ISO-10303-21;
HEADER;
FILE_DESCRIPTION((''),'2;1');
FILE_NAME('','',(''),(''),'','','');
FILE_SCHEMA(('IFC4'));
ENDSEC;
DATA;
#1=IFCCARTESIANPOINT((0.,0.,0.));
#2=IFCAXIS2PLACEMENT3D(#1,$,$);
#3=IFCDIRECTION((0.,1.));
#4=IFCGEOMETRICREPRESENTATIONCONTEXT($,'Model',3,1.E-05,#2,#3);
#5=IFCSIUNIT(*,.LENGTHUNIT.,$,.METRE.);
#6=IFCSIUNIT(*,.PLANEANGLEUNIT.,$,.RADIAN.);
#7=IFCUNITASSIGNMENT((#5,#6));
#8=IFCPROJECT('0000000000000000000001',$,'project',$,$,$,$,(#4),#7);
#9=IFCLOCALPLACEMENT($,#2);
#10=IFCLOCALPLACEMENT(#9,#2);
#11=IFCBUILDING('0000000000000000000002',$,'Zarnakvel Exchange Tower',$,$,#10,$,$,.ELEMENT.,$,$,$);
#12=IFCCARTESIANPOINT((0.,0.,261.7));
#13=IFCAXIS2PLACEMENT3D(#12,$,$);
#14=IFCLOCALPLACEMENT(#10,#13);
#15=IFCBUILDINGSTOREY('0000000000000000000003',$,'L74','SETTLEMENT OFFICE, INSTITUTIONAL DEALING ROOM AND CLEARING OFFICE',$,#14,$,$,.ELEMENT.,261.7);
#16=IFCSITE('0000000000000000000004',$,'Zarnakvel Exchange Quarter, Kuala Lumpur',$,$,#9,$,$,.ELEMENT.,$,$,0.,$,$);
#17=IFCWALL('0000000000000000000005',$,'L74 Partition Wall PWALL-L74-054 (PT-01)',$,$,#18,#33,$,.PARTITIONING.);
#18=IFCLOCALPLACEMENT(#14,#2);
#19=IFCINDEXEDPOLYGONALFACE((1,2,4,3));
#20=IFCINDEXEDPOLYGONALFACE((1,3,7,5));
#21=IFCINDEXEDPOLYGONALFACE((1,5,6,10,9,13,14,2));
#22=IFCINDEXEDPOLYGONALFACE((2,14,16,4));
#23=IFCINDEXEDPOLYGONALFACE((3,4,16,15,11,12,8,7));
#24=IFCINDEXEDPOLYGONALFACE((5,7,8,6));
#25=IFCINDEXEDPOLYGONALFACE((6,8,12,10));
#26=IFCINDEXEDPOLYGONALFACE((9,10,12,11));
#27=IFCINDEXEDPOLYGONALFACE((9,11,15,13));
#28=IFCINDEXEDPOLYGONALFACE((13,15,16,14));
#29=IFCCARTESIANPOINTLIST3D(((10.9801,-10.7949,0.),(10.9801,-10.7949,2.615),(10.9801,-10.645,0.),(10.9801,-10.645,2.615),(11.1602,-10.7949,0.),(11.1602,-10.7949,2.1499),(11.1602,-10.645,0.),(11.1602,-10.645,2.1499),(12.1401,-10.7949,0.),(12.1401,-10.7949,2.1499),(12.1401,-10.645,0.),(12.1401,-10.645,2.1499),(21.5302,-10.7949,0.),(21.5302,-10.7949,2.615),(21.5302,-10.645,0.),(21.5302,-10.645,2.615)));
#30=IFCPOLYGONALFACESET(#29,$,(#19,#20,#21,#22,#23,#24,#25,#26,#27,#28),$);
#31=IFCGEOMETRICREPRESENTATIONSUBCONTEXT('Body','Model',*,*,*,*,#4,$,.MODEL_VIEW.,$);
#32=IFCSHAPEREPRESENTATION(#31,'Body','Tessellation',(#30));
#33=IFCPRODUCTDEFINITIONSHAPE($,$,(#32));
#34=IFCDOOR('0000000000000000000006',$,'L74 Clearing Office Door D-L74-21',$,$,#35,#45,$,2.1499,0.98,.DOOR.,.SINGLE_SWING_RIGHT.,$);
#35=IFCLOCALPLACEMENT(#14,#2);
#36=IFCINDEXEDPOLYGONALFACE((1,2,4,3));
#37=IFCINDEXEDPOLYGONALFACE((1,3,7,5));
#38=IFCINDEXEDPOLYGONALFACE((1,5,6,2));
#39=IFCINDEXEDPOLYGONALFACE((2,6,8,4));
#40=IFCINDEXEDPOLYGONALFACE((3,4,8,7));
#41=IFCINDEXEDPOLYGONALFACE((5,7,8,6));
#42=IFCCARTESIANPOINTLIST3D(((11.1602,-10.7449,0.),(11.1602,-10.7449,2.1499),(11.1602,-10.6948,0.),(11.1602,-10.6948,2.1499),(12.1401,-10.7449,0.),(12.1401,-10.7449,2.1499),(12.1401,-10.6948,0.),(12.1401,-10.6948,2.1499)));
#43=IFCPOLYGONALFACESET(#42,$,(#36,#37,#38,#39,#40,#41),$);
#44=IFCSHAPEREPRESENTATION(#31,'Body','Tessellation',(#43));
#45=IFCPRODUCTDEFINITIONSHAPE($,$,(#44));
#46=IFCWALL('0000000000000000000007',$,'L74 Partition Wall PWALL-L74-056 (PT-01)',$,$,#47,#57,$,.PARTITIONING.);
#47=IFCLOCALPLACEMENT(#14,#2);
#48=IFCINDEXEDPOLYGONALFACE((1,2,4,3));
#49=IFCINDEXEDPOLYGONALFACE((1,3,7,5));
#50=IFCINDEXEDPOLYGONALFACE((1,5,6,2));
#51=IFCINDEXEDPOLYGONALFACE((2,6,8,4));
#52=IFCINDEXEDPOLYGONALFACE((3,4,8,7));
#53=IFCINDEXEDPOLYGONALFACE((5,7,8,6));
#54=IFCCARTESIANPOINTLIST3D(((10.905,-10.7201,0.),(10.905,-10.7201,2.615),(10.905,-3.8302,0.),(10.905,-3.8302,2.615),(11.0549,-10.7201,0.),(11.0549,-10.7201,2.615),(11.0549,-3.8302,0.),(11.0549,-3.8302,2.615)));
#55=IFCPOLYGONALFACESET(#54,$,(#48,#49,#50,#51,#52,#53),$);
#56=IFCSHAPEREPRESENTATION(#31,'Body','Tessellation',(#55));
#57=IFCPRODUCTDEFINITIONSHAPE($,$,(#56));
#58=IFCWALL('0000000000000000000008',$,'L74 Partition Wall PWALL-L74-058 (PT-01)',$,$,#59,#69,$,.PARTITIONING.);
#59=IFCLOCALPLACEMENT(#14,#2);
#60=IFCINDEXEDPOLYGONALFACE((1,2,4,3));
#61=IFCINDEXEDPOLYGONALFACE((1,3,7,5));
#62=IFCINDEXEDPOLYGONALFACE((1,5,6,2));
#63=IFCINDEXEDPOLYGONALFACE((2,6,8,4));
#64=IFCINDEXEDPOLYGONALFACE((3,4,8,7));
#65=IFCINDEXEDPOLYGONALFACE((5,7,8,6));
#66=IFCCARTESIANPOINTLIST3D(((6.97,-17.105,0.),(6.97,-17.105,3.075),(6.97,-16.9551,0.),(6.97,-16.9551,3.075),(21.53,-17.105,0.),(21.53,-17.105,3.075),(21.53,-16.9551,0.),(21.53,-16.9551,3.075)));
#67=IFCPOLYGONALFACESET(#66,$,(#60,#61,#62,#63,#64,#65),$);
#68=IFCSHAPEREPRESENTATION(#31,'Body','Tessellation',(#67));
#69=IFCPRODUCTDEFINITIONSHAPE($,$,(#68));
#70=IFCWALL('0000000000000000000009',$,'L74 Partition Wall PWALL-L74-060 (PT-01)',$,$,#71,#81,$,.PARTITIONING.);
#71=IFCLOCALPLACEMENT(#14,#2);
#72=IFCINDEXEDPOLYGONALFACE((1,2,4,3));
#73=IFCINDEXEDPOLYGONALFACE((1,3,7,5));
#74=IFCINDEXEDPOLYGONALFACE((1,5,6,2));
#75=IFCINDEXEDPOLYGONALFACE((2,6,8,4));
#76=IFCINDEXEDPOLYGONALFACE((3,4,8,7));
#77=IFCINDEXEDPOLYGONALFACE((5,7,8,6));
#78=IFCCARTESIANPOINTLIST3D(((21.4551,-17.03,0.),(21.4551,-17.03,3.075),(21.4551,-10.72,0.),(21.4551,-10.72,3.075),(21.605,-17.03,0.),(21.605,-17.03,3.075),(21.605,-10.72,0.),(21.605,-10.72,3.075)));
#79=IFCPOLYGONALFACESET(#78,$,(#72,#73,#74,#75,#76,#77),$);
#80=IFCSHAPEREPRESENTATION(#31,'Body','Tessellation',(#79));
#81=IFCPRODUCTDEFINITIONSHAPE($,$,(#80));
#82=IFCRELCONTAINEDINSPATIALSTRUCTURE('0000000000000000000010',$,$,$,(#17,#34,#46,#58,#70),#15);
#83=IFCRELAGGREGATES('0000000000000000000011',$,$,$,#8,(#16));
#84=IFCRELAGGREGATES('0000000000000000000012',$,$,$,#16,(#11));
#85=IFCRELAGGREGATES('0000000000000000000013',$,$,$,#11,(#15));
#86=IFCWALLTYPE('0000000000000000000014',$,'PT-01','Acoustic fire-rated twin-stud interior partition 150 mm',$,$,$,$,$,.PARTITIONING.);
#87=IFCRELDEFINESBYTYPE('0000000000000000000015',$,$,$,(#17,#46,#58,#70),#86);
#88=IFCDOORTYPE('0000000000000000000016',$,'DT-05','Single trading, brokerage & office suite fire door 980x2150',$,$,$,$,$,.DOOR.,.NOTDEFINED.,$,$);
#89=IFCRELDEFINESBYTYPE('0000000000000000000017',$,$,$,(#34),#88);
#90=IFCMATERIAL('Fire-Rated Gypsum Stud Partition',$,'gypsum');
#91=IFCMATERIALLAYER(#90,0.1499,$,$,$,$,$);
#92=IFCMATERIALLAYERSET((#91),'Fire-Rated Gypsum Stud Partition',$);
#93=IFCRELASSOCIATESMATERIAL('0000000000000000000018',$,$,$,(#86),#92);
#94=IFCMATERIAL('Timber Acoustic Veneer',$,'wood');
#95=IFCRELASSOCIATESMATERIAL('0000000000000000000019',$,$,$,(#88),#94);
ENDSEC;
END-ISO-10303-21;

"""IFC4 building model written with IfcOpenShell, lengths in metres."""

from ifc_helpers import new_model, si_unit, direction, frame, frame_2d, origin, place, context, subcontext, project, spatial, rectangle, extrude, source, transform, mapped, material, layer, layer_set, type_object, element, fill, save


model = new_model("IFC4")

# Units and contexts
model_context = context("Model", 3, precision=1e-05, world=origin(), true_north=direction((0.0, 1.0)))
body_context = subcontext(model_context, "Body", "Model", "MODEL_VIEW")
ifc_project = project(units=[si_unit("LENGTHUNIT", "METRE"), si_unit("PLANEANGLEUNIT", "RADIAN")], contexts=[model_context])

# Site, building, storey
site_placement = place(None, origin())
site = spatial("IfcSite", under=ifc_project, at=site_placement, Name="Zarnakvel Exchange Quarter, Kuala Lumpur", CompositionType="ELEMENT", RefElevation=0.0)
building_placement = place(site_placement, origin())
building = spatial("IfcBuilding", under=site, at=building_placement, Name="Zarnakvel Exchange Tower", CompositionType="ELEMENT")
storey_placement = place(building_placement, frame((0.0, 0.0, 261.7)))
storey = spatial("IfcBuildingStorey", under=building, at=storey_placement, Name="L74", Description="SETTLEMENT OFFICE, INSTITUTIONAL DEALING ROOM AND CLEARING OFFICE", CompositionType="ELEMENT", Elevation=261.7)

# Wall, opening, door
ifc_material_1 = material(Name="Fire-Rated Gypsum Stud Partition", Category="gypsum")
ifc_layer_1 = layer(ifc_material_1, 0.1499)
ifc_layer_set_1 = layer_set([ifc_layer_1], Name="Fire-Rated Gypsum Stud Partition")
wall_type_1 = type_object("IfcWallType", Name="PT-01", Description="Acoustic fire-rated twin-stud interior partition 150 mm", PredefinedType="PARTITIONING", material=ifc_layer_set_1)
wall_1_placement = place(storey_placement, frame((21.53, -10.72, 0.0), z_axis=(0.0, 0.0, 1.0), x_axis=(-1.0, 0.0, 0.0)))
wall_1 = element("IfcWall", 1, at=wall_1_placement, inside=storey, type_object=wall_type_1, Name="L74 Partition Wall PWALL-L74-054 (PT-01)", PredefinedType="PARTITIONING", context=body_context, shape_type="SweptSolid", body=[
    extrude(rectangle(XDim=10.55, YDim=0.1499, at=frame_2d((5.2749, 0.0))), origin(), (0.0, 0.0, 1.0), 2.615),
])
opening_placement = place(wall_1_placement, frame((9.3899, 0.0, 0.0)))
opening = element("IfcOpeningElement", 2, at=opening_placement, cuts=wall_1, PredefinedType="OPENING", context=body_context, shape_type="SweptSolid", body=[
    extrude(rectangle(XDim=0.98, YDim=2.1499, at=frame_2d((0.49, 1.075))), frame((0.0, 0.085, 0.0), z_axis=(0.0, -1.0, 0.0), x_axis=(1.0, 0.0, 0.0)), (0.0, 0.0, 1.0), 0.1699),
])
ifc_material_2 = material(Name="Timber Acoustic Veneer", Category="wood")
door_type = type_object("IfcDoorType", Name="DT-05", Description="Single trading, brokerage & office suite fire door 980x2150", OperationType="NOTDEFINED", PredefinedType="DOOR", material=ifc_material_2)
shared_shape_1 = source(origin(), body_context, "Body", "SweptSolid", [
    extrude(rectangle(XDim=0.98, YDim=2.1499, at=frame_2d((0.49, 1.075))), frame((0.0, 0.0249, 0.0), z_axis=(0.0, -1.0, 0.0), x_axis=(1.0, 0.0, 0.0)), (0.0, 0.0, 1.0), 0.05),
])
door_placement = place(opening_placement, origin())
door = element("IfcDoor", 3, at=door_placement, inside=storey, type_object=door_type, Name="L74 Clearing Office Door D-L74-21", OperationType="SINGLE_SWING_RIGHT", OverallHeight=2.1499, OverallWidth=0.98, PredefinedType="DOOR", context=body_context, shape_type="MappedRepresentation", body=[
    mapped(shared_shape_1, transform((0.0, 0.0, 0.0), x_axis=(1.0, 0.0, 0.0), y_axis=(0.0, 1.0, 0.0), z_axis=(0.0, 0.0, 1.0), scale=1.0)),
])
fill(opening, door)

# Walls
wall_2_placement = place(storey_placement, frame((10.98, -10.72, 0.0), z_axis=(0.0, 0.0, 1.0), x_axis=(0.0, 1.0, 0.0)))
element("IfcWall", 4, at=wall_2_placement, inside=storey, type_object=wall_type_1, Name="L74 Partition Wall PWALL-L74-056 (PT-01)", PredefinedType="PARTITIONING", context=body_context, shape_type="SweptSolid", body=[
    extrude(rectangle(XDim=6.8899, YDim=0.1499, at=frame_2d((3.4448, 0.0))), origin(), (0.0, 0.0, 1.0), 2.615),
])
wall_3_placement = place(storey_placement, frame((21.53, -17.03, 0.0), z_axis=(0.0, 0.0, 1.0), x_axis=(-1.0, 0.0, 0.0)))
element("IfcWall", 5, at=wall_3_placement, inside=storey, type_object=wall_type_1, Name="L74 Partition Wall PWALL-L74-058 (PT-01)", PredefinedType="PARTITIONING", context=body_context, shape_type="SweptSolid", body=[
    extrude(rectangle(XDim=14.5601, YDim=0.1499, at=frame_2d((7.28, 0.0))), origin(), (0.0, 0.0, 1.0), 3.075),
])
wall_4_placement = place(storey_placement, frame((21.53, -10.72, 0.0), z_axis=(0.0, 0.0, 1.0), x_axis=(0.0, -1.0, 0.0)))
element("IfcWall", 6, at=wall_4_placement, inside=storey, type_object=wall_type_1, Name="L74 Partition Wall PWALL-L74-060 (PT-01)", PredefinedType="PARTITIONING", context=body_context, shape_type="SweptSolid", body=[
    extrude(rectangle(XDim=6.3101, YDim=0.1499, at=frame_2d((3.155, 0.0))), origin(), (0.0, 0.0, 1.0), 3.075),
])

save(model, "model.ifc")
